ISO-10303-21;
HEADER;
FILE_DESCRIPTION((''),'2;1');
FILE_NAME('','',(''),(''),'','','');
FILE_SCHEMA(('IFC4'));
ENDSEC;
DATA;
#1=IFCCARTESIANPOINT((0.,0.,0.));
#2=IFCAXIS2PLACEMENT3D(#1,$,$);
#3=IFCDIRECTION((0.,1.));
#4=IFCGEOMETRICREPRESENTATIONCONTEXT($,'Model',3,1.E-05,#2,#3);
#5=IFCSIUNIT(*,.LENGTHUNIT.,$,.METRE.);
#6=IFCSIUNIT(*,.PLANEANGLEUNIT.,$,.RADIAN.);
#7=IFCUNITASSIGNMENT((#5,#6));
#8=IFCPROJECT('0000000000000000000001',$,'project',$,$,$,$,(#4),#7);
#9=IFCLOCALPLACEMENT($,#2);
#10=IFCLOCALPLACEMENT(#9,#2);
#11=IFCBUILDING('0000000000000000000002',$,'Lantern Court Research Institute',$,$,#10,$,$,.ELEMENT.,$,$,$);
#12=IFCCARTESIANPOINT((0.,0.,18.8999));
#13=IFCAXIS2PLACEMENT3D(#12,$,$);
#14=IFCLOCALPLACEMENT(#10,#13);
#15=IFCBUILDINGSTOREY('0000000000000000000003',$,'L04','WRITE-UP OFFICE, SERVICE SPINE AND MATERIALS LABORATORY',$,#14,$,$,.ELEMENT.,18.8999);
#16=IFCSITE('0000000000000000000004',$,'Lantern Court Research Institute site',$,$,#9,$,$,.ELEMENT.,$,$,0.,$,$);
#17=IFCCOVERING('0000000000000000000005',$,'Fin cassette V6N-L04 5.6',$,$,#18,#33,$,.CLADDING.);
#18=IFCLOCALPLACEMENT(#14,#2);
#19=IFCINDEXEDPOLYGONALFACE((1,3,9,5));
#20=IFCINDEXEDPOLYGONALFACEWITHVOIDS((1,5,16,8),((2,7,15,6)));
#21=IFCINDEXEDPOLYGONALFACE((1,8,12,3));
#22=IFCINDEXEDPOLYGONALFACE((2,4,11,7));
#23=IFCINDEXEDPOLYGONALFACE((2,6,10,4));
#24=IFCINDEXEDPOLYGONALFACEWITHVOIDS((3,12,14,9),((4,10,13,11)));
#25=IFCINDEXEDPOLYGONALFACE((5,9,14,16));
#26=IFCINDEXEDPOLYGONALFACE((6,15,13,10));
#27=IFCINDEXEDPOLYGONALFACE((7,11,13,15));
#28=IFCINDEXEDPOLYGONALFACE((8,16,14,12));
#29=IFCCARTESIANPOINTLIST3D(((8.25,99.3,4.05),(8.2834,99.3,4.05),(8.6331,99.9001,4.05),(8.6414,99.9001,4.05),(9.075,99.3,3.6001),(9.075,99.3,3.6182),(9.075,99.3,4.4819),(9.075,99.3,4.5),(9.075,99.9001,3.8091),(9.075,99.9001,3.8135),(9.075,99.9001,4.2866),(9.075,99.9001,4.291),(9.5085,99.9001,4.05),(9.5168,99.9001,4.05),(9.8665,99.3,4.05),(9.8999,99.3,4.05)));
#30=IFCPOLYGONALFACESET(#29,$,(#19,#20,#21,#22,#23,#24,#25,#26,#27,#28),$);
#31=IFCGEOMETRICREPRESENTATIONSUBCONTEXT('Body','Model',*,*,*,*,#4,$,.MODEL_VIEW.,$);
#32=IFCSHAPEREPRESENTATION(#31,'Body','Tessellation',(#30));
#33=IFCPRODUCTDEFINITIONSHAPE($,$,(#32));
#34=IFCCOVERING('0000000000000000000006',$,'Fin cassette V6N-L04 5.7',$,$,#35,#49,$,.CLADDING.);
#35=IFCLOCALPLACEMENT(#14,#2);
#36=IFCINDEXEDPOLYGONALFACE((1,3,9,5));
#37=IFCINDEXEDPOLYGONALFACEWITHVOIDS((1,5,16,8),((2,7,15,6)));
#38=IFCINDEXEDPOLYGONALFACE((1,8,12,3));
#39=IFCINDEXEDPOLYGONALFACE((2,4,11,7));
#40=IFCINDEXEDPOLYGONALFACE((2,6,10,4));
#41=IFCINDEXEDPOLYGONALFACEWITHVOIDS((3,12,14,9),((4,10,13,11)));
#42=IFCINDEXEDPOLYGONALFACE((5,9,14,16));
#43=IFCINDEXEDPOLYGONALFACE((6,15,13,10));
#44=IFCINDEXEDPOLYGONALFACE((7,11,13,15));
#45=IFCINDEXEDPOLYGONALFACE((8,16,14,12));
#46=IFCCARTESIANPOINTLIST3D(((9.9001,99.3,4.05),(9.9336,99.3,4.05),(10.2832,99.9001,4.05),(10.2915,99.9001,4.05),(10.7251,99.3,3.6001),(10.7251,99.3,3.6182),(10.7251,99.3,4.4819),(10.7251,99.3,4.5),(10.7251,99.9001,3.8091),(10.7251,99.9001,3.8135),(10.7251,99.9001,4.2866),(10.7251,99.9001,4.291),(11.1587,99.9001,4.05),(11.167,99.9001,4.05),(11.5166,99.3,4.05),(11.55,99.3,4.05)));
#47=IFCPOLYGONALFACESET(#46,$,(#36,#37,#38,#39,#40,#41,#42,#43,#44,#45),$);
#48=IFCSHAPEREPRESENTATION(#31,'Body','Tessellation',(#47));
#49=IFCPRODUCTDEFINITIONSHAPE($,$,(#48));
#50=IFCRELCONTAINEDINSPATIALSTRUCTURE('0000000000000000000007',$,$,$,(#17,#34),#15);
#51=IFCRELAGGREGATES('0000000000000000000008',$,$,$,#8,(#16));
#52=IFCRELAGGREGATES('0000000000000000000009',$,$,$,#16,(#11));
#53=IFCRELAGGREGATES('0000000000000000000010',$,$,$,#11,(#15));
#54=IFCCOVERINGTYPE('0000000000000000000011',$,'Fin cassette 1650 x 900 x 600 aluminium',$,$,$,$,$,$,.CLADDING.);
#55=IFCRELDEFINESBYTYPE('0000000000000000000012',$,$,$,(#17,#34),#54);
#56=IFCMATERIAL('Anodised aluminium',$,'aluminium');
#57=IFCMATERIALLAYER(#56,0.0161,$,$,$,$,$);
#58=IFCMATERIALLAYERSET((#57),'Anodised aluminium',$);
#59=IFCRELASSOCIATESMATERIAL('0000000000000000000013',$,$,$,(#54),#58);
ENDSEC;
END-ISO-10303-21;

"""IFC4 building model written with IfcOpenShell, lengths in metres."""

from ifc_helpers import new_model, entity, si_unit, direction, frame, origin, place, context, subcontext, project, spatial, material, layer, layer_set, type_object, element, save


model = new_model("IFC4")

# Units and contexts
model_context = context("Model", 3, precision=1e-05, world=origin(), true_north=direction((0.0, 1.0)))
body_context = subcontext(model_context, "Body", "Model", "MODEL_VIEW")
ifc_project = project(units=[si_unit("LENGTHUNIT", "METRE"), si_unit("PLANEANGLEUNIT", "RADIAN")], contexts=[model_context])

# Site, building, storey
site_placement = place(None, origin())
site = spatial("IfcSite", under=ifc_project, at=site_placement, Name="Lantern Court Research Institute site", CompositionType="ELEMENT", RefElevation=0.0)
building_placement = place(site_placement, origin())
building = spatial("IfcBuilding", under=site, at=building_placement, Name="Lantern Court Research Institute", CompositionType="ELEMENT")
storey_placement = place(building_placement, frame((0.0, 0.0, 18.8999)))
storey = spatial("IfcBuildingStorey", under=building, at=storey_placement, Name="L04", Description="WRITE-UP OFFICE, SERVICE SPINE AND MATERIALS LABORATORY", CompositionType="ELEMENT", Elevation=18.8999)

# Coverings
ifc_material_1 = material(Name="Anodised aluminium", Category="aluminium")
ifc_layer_1 = layer(ifc_material_1, 0.0161)
ifc_layer_set_1 = layer_set([ifc_layer_1], Name="Anodised aluminium")
covering_type_1 = type_object("IfcCoveringType", Name="Fin cassette 1650 x 900 x 600 aluminium", PredefinedType="CLADDING", material=ifc_layer_set_1)
covering_1_placement = place(storey_placement, frame((9.075, 99.3, 4.05), z_axis=(0.0, 1.0, 0.0), x_axis=(-1.0, 0.0, 0.0)))
cartesian_point_1 = entity("IfcCartesianPoint", [0.825, 0.0])
cartesian_point_2 = entity("IfcCartesianPoint", [0.7915, 0.0])
cartesian_point_3 = entity("IfcCartesianPoint", [0.4419, 0.0])
cartesian_point_4 = entity("IfcCartesianPoint", [0.4336, 0.0])
element("IfcCovering", 1, at=covering_1_placement, inside=storey, type_object=covering_type_1, Name="Fin cassette V6N-L04 5.6", PredefinedType="CLADDING", context=body_context, shape_type="SweptSolid", body=[
    entity("IfcExtrudedAreaSolidTapered", entity("IfcArbitraryProfileDefWithVoids", "AREA", None, entity("IfcPolyline", [cartesian_point_1, entity("IfcCartesianPoint", [0.0, 0.45]), entity("IfcCartesianPoint", [-0.825, 0.0]), entity("IfcCartesianPoint", [0.0, -0.45]), cartesian_point_1]), [entity("IfcPolyline", [cartesian_point_2, entity("IfcCartesianPoint", [0.0, 0.4319]), entity("IfcCartesianPoint", [-0.7915, 0.0]), entity("IfcCartesianPoint", [0.0, -0.4319]), cartesian_point_2])]), entity("IfcAxis2Placement3D", entity("IfcCartesianPoint", [0.0, 0.0, 0.0])), entity("IfcDirection", [0.0, 0.0, 1.0]), 0.6001, entity("IfcArbitraryProfileDefWithVoids", "AREA", None, entity("IfcPolyline", [cartesian_point_3, entity("IfcCartesianPoint", [0.0, 0.241]), entity("IfcCartesianPoint", [-0.4419, 0.0]), entity("IfcCartesianPoint", [0.0, -0.241]), cartesian_point_3]), [entity("IfcPolyline", [cartesian_point_4, entity("IfcCartesianPoint", [0.0, 0.2366]), entity("IfcCartesianPoint", [-0.4336, 0.0]), entity("IfcCartesianPoint", [0.0, -0.2366]), cartesian_point_4])])),
])
covering_2_placement = place(storey_placement, frame((10.7251, 99.3, 4.05), z_axis=(0.0, 1.0, 0.0), x_axis=(-1.0, 0.0, 0.0)))
cartesian_point_5 = entity("IfcCartesianPoint", [0.825, 0.0])
cartesian_point_6 = entity("IfcCartesianPoint", [0.7915, 0.0])
cartesian_point_7 = entity("IfcCartesianPoint", [0.4419, 0.0])
cartesian_point_8 = entity("IfcCartesianPoint", [0.4336, 0.0])
element("IfcCovering", 2, at=covering_2_placement, inside=storey, type_object=covering_type_1, Name="Fin cassette V6N-L04 5.7", PredefinedType="CLADDING", context=body_context, shape_type="SweptSolid", body=[
    entity("IfcExtrudedAreaSolidTapered", entity("IfcArbitraryProfileDefWithVoids", "AREA", None, entity("IfcPolyline", [cartesian_point_5, entity("IfcCartesianPoint", [0.0, 0.45]), entity("IfcCartesianPoint", [-0.825, 0.0]), entity("IfcCartesianPoint", [0.0, -0.45]), cartesian_point_5]), [entity("IfcPolyline", [cartesian_point_6, entity("IfcCartesianPoint", [0.0, 0.4319]), entity("IfcCartesianPoint", [-0.7915, 0.0]), entity("IfcCartesianPoint", [0.0, -0.4319]), cartesian_point_6])]), entity("IfcAxis2Placement3D", entity("IfcCartesianPoint", [0.0, 0.0, 0.0])), entity("IfcDirection", [0.0, 0.0, 1.0]), 0.6001, entity("IfcArbitraryProfileDefWithVoids", "AREA", None, entity("IfcPolyline", [cartesian_point_7, entity("IfcCartesianPoint", [0.0, 0.241]), entity("IfcCartesianPoint", [-0.4419, 0.0]), entity("IfcCartesianPoint", [0.0, -0.241]), cartesian_point_7]), [entity("IfcPolyline", [cartesian_point_8, entity("IfcCartesianPoint", [0.0, 0.2366]), entity("IfcCartesianPoint", [-0.4336, 0.0]), entity("IfcCartesianPoint", [0.0, -0.2366]), cartesian_point_8])])),
])

save(model, "model.ifc")
